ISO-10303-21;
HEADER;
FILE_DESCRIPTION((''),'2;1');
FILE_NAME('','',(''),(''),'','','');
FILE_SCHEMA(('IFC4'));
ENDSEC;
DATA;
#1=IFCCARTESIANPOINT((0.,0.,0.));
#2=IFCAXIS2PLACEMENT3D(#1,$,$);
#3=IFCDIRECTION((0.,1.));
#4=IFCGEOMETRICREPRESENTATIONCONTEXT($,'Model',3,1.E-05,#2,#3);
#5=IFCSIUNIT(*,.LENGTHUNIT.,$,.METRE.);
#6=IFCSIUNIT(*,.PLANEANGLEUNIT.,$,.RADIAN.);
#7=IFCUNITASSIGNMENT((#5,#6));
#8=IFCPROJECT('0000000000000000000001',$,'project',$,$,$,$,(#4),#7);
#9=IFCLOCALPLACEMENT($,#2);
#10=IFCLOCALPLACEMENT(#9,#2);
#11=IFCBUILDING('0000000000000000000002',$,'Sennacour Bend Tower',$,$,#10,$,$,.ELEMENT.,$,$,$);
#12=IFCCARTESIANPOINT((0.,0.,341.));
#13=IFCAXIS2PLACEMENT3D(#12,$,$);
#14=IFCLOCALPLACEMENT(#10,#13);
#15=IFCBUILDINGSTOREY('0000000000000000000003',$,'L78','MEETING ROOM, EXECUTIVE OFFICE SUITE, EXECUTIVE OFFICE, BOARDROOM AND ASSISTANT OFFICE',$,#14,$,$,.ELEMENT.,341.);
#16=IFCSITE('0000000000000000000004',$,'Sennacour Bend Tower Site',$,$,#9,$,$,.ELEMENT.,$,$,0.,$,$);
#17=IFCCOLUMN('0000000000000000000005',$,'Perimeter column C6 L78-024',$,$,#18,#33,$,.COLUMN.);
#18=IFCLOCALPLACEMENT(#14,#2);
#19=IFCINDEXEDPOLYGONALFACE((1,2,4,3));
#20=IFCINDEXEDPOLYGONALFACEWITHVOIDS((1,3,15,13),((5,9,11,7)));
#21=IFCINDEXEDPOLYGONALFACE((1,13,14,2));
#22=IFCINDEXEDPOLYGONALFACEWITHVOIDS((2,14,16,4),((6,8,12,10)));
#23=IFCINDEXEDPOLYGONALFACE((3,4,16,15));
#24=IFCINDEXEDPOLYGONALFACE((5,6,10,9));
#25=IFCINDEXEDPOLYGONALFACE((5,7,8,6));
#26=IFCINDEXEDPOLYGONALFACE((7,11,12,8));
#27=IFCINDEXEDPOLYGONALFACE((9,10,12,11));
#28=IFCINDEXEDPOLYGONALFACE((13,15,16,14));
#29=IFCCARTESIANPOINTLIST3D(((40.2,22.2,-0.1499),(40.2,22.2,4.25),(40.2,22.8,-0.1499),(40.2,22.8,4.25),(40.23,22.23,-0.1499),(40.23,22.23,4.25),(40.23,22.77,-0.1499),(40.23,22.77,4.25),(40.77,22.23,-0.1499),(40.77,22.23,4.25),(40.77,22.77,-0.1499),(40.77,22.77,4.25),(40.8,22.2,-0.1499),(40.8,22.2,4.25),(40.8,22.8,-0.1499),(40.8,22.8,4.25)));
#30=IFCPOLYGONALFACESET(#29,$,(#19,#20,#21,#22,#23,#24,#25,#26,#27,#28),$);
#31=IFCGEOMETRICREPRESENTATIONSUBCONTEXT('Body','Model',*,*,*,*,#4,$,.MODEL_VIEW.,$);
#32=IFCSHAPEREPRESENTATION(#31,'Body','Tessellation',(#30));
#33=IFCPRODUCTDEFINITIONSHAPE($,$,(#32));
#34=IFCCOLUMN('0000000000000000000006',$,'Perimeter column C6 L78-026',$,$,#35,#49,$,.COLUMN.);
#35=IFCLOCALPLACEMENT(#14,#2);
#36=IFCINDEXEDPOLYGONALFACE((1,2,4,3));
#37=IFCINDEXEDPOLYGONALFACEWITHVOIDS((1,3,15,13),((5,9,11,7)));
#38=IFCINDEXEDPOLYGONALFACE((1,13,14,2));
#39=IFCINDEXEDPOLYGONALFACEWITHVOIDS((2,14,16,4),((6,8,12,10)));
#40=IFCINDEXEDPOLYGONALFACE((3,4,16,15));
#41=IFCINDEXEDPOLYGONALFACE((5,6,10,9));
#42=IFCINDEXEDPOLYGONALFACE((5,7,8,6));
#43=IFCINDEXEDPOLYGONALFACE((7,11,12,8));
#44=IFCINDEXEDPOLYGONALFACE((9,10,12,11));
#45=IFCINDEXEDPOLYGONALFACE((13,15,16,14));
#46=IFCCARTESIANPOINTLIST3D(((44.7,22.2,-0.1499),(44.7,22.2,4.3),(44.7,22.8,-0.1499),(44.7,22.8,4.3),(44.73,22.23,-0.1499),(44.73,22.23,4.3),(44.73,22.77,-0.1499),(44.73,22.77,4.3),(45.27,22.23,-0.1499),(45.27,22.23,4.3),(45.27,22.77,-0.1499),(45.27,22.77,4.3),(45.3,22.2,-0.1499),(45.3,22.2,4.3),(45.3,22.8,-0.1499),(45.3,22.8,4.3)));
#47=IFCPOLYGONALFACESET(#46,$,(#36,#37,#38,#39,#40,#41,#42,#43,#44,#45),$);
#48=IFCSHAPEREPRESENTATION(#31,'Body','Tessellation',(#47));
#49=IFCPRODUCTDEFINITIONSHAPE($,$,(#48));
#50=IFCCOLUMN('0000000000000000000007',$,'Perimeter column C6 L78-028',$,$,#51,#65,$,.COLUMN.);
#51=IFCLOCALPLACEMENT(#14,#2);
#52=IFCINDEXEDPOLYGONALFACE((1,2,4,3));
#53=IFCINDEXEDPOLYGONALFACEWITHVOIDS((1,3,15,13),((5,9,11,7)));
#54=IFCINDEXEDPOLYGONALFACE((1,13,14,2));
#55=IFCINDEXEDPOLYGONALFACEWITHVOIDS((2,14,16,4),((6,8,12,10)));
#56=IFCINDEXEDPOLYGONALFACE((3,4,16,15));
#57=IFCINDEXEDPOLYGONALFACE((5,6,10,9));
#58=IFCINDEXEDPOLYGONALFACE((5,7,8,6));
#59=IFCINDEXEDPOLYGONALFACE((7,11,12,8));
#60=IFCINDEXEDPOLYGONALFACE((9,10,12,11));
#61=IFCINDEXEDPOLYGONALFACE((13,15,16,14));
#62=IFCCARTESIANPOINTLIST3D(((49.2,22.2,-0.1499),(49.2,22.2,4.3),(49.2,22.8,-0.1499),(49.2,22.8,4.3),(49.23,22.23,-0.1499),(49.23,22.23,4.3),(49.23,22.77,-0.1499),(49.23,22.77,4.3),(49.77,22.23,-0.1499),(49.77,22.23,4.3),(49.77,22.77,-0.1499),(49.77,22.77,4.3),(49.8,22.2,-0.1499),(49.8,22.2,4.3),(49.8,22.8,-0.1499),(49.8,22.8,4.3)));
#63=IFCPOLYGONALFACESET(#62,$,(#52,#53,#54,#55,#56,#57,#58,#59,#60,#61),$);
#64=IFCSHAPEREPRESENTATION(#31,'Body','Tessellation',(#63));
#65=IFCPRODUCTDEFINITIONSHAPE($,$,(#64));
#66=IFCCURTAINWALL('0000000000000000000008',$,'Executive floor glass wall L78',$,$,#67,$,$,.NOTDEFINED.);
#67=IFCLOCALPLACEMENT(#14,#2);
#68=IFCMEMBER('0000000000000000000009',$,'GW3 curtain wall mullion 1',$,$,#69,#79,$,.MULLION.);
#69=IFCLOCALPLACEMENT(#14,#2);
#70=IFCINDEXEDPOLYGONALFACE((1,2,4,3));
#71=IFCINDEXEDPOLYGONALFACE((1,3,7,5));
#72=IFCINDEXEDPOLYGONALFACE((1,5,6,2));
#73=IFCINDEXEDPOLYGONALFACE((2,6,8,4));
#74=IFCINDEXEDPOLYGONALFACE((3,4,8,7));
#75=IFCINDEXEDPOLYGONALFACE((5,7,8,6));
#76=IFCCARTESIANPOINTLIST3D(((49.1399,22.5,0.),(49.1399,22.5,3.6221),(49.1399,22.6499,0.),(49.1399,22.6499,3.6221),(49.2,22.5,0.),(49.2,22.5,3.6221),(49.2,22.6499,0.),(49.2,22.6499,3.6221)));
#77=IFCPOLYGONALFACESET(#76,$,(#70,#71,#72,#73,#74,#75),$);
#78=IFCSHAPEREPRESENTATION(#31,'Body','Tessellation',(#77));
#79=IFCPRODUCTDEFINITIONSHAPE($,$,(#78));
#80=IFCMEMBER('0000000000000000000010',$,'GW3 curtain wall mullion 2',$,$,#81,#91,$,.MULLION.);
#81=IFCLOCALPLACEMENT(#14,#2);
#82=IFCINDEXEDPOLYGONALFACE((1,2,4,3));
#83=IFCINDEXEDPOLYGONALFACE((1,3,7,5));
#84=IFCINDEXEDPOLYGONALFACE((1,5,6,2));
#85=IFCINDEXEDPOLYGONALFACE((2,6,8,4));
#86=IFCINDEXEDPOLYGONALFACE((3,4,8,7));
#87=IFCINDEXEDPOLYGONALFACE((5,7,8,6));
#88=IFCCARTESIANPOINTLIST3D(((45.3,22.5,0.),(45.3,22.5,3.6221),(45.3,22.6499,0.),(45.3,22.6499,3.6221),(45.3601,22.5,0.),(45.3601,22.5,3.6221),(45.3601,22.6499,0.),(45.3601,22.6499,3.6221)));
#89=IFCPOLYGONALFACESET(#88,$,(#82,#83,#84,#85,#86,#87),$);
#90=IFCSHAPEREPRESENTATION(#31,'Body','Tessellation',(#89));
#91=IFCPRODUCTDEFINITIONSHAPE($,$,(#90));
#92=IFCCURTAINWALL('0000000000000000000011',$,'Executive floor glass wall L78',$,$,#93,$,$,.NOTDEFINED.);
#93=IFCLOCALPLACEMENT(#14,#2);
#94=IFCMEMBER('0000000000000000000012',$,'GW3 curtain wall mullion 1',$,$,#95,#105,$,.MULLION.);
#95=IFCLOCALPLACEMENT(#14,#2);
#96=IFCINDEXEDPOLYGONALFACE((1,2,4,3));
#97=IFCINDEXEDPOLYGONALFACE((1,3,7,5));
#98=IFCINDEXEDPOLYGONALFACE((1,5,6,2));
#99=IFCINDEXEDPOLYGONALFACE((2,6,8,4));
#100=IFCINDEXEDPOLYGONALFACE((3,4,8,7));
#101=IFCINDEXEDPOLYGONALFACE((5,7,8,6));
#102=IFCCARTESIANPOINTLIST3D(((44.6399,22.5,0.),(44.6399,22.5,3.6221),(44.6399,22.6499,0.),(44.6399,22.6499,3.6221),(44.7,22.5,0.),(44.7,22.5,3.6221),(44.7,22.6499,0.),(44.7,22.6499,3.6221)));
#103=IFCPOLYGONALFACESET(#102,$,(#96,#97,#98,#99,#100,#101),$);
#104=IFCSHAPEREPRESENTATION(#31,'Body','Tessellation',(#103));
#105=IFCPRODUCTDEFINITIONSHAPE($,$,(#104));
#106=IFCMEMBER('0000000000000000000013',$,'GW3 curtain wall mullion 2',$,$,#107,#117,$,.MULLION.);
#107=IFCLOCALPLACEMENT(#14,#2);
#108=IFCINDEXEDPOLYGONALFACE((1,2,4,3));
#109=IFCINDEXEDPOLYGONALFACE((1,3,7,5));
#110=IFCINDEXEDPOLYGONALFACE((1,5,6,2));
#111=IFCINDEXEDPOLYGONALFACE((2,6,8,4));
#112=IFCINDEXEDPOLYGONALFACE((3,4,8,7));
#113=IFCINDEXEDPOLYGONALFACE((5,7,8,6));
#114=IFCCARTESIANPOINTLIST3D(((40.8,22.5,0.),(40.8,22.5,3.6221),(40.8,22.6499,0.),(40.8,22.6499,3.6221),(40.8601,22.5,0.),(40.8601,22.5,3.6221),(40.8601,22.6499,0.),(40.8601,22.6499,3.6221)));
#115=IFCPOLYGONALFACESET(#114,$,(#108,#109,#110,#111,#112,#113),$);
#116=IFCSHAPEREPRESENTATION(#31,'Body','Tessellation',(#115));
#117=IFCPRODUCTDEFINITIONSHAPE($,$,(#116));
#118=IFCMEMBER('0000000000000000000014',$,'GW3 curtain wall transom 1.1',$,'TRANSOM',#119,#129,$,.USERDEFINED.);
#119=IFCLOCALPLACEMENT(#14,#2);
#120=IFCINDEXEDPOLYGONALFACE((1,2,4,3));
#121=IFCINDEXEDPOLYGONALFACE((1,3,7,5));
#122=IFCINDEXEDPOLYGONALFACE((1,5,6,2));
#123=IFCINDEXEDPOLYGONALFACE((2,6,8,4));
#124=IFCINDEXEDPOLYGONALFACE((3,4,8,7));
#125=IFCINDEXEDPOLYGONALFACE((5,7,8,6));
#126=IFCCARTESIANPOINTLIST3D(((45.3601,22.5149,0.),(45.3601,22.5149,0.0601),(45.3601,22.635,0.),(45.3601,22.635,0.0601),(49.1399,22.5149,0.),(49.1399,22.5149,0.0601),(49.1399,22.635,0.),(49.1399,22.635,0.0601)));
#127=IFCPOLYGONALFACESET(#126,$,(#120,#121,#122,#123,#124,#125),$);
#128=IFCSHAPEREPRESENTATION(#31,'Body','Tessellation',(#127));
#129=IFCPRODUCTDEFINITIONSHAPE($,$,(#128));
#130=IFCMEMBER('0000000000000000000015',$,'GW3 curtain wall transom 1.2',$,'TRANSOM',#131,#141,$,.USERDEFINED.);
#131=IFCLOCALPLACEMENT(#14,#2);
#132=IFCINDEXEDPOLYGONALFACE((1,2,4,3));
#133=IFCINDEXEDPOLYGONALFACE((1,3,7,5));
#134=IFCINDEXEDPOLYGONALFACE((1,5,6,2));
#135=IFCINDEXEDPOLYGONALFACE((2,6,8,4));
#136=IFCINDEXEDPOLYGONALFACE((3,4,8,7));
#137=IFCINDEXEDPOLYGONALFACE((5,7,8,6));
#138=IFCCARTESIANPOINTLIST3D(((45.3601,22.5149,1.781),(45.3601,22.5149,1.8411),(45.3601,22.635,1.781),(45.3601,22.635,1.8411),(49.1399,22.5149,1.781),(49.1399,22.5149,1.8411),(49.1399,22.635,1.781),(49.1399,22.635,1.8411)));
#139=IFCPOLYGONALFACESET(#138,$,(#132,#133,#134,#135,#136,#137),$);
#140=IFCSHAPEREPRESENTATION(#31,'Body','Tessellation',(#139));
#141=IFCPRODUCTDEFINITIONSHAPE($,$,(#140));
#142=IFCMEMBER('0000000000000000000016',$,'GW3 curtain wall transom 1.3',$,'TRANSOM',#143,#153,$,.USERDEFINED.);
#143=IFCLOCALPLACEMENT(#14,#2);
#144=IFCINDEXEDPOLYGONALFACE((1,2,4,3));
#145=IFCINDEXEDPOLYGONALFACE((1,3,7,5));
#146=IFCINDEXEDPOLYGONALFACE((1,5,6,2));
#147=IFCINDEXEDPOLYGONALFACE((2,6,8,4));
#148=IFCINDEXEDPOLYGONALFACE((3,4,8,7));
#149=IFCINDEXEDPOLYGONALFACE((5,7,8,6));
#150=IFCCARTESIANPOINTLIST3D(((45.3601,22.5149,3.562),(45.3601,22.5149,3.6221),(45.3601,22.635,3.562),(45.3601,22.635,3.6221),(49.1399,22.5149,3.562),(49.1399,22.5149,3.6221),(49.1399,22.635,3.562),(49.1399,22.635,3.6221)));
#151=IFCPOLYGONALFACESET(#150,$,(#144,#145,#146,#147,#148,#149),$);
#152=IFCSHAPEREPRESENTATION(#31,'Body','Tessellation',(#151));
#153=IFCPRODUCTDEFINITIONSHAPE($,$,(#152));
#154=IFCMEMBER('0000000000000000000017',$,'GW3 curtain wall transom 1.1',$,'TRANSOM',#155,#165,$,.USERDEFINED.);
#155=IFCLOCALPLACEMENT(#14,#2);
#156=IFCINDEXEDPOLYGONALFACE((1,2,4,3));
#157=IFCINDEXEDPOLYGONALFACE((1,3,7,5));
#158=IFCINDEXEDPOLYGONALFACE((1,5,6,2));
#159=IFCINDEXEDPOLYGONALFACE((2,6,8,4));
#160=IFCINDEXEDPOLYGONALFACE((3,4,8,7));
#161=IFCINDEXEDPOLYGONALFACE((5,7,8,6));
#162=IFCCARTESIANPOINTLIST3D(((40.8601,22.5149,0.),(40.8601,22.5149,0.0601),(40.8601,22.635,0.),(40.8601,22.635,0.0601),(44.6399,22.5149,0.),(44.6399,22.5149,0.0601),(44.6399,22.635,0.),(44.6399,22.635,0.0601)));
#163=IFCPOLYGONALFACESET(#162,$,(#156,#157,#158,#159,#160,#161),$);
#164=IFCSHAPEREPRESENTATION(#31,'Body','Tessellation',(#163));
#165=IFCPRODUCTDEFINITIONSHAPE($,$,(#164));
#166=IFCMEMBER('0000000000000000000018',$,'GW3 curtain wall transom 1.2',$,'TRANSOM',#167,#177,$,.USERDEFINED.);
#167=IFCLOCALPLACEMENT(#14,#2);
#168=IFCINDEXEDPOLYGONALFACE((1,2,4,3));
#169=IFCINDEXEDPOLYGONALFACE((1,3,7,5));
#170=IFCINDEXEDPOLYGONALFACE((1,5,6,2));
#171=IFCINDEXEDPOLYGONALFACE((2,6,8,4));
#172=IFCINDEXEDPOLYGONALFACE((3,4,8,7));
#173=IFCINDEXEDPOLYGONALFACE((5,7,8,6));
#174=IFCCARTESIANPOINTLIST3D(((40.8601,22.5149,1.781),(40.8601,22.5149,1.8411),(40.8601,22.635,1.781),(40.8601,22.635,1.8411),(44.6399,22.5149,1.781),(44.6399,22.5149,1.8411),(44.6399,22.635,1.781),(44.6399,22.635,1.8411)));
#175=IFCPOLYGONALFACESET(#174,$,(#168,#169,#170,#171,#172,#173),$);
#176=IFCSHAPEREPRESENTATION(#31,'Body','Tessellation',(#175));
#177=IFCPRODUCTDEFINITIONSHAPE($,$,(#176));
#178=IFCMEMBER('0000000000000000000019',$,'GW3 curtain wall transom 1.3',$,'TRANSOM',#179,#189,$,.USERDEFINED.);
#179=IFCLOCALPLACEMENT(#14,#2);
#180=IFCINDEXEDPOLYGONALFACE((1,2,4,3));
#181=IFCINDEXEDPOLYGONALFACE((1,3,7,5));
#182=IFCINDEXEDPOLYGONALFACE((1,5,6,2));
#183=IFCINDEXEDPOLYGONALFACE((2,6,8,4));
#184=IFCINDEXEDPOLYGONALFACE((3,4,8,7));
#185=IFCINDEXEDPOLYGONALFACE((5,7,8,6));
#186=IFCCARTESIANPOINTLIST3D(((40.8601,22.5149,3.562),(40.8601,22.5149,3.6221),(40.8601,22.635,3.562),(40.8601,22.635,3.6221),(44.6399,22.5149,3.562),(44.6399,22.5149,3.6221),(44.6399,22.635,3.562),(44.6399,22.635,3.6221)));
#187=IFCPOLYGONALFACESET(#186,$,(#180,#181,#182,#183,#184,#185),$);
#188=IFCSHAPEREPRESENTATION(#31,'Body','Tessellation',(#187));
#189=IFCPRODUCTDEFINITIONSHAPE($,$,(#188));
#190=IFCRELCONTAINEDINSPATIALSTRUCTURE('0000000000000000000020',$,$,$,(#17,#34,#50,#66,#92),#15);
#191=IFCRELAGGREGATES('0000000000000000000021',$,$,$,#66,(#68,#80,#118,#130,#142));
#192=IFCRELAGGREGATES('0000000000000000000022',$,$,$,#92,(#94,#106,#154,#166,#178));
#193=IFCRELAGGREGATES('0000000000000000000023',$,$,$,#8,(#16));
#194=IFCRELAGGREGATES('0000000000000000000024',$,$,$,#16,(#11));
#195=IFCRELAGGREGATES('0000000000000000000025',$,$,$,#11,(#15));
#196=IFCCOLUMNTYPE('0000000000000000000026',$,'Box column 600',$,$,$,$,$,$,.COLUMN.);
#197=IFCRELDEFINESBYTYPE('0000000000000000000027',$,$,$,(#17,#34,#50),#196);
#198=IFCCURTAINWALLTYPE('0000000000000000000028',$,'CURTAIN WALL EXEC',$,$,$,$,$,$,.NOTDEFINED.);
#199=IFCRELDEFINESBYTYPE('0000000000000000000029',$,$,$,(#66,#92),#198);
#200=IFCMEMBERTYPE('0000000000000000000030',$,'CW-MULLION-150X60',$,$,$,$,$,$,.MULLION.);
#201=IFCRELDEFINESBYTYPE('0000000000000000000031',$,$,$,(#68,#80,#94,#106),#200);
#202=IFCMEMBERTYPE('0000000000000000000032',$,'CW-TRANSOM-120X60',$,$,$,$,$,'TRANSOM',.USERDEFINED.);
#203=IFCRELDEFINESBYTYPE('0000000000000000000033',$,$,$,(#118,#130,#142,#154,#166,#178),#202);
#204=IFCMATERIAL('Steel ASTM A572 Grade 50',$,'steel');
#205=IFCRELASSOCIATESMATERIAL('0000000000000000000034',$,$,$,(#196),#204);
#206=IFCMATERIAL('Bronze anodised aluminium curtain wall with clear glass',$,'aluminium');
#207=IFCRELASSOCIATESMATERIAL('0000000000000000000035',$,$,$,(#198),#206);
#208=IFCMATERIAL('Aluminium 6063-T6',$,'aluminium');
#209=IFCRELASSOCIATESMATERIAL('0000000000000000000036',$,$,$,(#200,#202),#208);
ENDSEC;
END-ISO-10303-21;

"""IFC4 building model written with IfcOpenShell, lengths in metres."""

from ifc_helpers import new_model, si_unit, direction, frame, origin, origin_2d, place, context, subcontext, project, spatial, rectangle, hollow_rectangle, extrude, material, material_profile, profile_set, type_object, element, aggregate, save


model = new_model("IFC4")

# Units and contexts
model_context = context("Model", 3, precision=1e-05, world=origin(), true_north=direction((0.0, 1.0)))
body_context = subcontext(model_context, "Body", "Model", "MODEL_VIEW")
ifc_project = project(units=[si_unit("LENGTHUNIT", "METRE"), si_unit("PLANEANGLEUNIT", "RADIAN")], contexts=[model_context])

# Site, building, storey
site_placement = place(None, origin())
site = spatial("IfcSite", under=ifc_project, at=site_placement, Name="Sennacour Bend Tower Site", CompositionType="ELEMENT", RefElevation=0.0)
building_placement = place(site_placement, origin())
building = spatial("IfcBuilding", under=site, at=building_placement, Name="Sennacour Bend Tower", CompositionType="ELEMENT")
storey_placement = place(building_placement, frame((0.0, 0.0, 341.0)))
storey = spatial("IfcBuildingStorey", under=building, at=storey_placement, Name="L78", Description="MEETING ROOM, EXECUTIVE OFFICE SUITE, EXECUTIVE OFFICE, BOARDROOM AND ASSISTANT OFFICE", CompositionType="ELEMENT", Elevation=341.0)

# Columns
ifc_material_1 = material(Name="Steel ASTM A572 Grade 50", Category="steel")
ifc_material_profile_1 = material_profile(ifc_material_1, hollow_rectangle(XDim=0.6001, YDim=0.6001, WallThickness=0.03, at=origin_2d()), Name="Steel ASTM A572 Grade 50", Category="steel")
ifc_profile_set_1 = profile_set([ifc_material_profile_1], Name="Steel ASTM A572 Grade 50")
column_type = type_object("IfcColumnType", Name="Box column 600", PredefinedType="COLUMN", material=ifc_profile_set_1)
column_placement = place(storey_placement, frame((40.5, 22.5, -0.1499), z_axis=(0.0, 0.0, 1.0), x_axis=(1.0, 0.0, 0.0)))
element("IfcColumn", 1, at=column_placement, inside=storey, type_object=column_type, Name="Perimeter column C6 L78-024", PredefinedType="COLUMN", context=body_context, shape_type="SweptSolid", body=[
    extrude(hollow_rectangle(XDim=0.6001, YDim=0.6001, WallThickness=0.03, at=origin_2d()), origin(), (0.0, 0.0, 1.0), 4.3999),
])
for number, where, z_axis, x_axis, name in (
    (2, (45.0, 22.5, -0.1499), (0.0, 0.0, 1.0), (1.0, 0.0, 0.0), "Perimeter column C6 L78-026"),
    (3, (49.5, 22.5, -0.1499), (0.0, 0.0, 1.0), (1.0, 0.0, 0.0), "Perimeter column C6 L78-028"),
):
    element("IfcColumn", number, at=place(storey_placement, frame(where, z_axis=z_axis, x_axis=x_axis)), inside=storey, type_object=column_type, Name=name, PredefinedType="COLUMN", context=body_context, shape_type="SweptSolid", body=[
        extrude(hollow_rectangle(XDim=0.6001, YDim=0.6001, WallThickness=0.03, at=origin_2d()), origin(), (0.0, 0.0, 1.0), 4.45),
    ])

# Curtain walls, members
ifc_material_2 = material(Name="Bronze anodised aluminium curtain wall with clear glass", Category="aluminium")
curtain_wall_type = type_object("IfcCurtainWallType", Name="CURTAIN WALL EXEC", PredefinedType="NOTDEFINED", material=ifc_material_2)
curtain_wall_1_placement = place(storey_placement, origin())
curtain_wall_1 = element("IfcCurtainWall", 4, at=curtain_wall_1_placement, inside=storey, type_object=curtain_wall_type, Name="Executive floor glass wall L78", PredefinedType="NOTDEFINED")
ifc_material_3 = material(Name="Aluminium 6063-T6", Category="aluminium")
ifc_material_profile_2 = material_profile(ifc_material_3, rectangle(XDim=0.1499, YDim=0.0601, at=origin_2d()), Name="Aluminium 6063-T6", Category="aluminium")
ifc_profile_set_2 = profile_set([ifc_material_profile_2], Name="Aluminium 6063-T6")
member_type_1 = type_object("IfcMemberType", Name="CW-MULLION-150X60", PredefinedType="MULLION", material=ifc_profile_set_2)
member_1_placement = place(storey_placement, frame((49.1699, 22.575, 0.0), z_axis=(0.0, 0.0, 1.0), x_axis=(0.0, -1.0, 0.0)))
member_1 = element("IfcMember", 5, at=member_1_placement, type_object=member_type_1, Name="GW3 curtain wall mullion 1", PredefinedType="MULLION", context=body_context, shape_type="SweptSolid", body=[
    extrude(rectangle(XDim=0.1499, YDim=0.0601, at=origin_2d()), origin(), (0.0, 0.0, 1.0), 3.6221),
])
member_2_placement = place(storey_placement, frame((45.3301, 22.575, 0.0), z_axis=(0.0, 0.0, 1.0), x_axis=(0.0, -1.0, 0.0)))
member_2 = element("IfcMember", 6, at=member_2_placement, type_object=member_type_1, Name="GW3 curtain wall mullion 2", PredefinedType="MULLION", context=body_context, shape_type="SweptSolid", body=[
    extrude(rectangle(XDim=0.1499, YDim=0.0601, at=origin_2d()), origin(), (0.0, 0.0, 1.0), 3.6221),
])
curtain_wall_2_placement = place(storey_placement, origin())
curtain_wall_2 = element("IfcCurtainWall", 7, at=curtain_wall_2_placement, inside=storey, type_object=curtain_wall_type, Name="Executive floor glass wall L78", PredefinedType="NOTDEFINED")
member_3_placement = place(storey_placement, frame((44.6699, 22.575, 0.0), z_axis=(0.0, 0.0, 1.0), x_axis=(0.0, -1.0, 0.0)))
member_3 = element("IfcMember", 8, at=member_3_placement, type_object=member_type_1, Name="GW3 curtain wall mullion 1", PredefinedType="MULLION", context=body_context, shape_type="SweptSolid", body=[
    extrude(rectangle(XDim=0.1499, YDim=0.0601, at=origin_2d()), origin(), (0.0, 0.0, 1.0), 3.6221),
])
member_4_placement = place(storey_placement, frame((40.8301, 22.575, 0.0), z_axis=(0.0, 0.0, 1.0), x_axis=(0.0, -1.0, 0.0)))
member_4 = element("IfcMember", 9, at=member_4_placement, type_object=member_type_1, Name="GW3 curtain wall mullion 2", PredefinedType="MULLION", context=body_context, shape_type="SweptSolid", body=[
    extrude(rectangle(XDim=0.1499, YDim=0.0601, at=origin_2d()), origin(), (0.0, 0.0, 1.0), 3.6221),
])

# Members
ifc_material_profile_3 = material_profile(ifc_material_3, rectangle(XDim=0.1201, YDim=0.0601, at=origin_2d()), Name="Aluminium 6063-T6", Category="aluminium")
ifc_profile_set_3 = profile_set([ifc_material_profile_3], Name="Aluminium 6063-T6")
member_type_2 = type_object("IfcMemberType", Name="CW-TRANSOM-120X60", ElementType="TRANSOM", PredefinedType="USERDEFINED", material=ifc_profile_set_3)
member_5_placement = place(storey_placement, frame((49.1399, 22.575, 0.03), z_axis=(-1.0, 0.0, 0.0), x_axis=(0.0, -1.0, 0.0)))
member_5 = element("IfcMember", 10, at=member_5_placement, type_object=member_type_2, Name="GW3 curtain wall transom 1.1", ObjectType="TRANSOM", PredefinedType="USERDEFINED", context=body_context, shape_type="SweptSolid", body=[
    extrude(rectangle(XDim=0.1201, YDim=0.0601, at=origin_2d()), origin(), (0.0, 0.0, 1.0), 3.7798),
])
member_6_placement = place(storey_placement, frame((49.1399, 22.575, 1.811), z_axis=(-1.0, 0.0, 0.0), x_axis=(0.0, -1.0, 0.0)))
member_6 = element("IfcMember", 11, at=member_6_placement, type_object=member_type_2, Name="GW3 curtain wall transom 1.2", ObjectType="TRANSOM", PredefinedType="USERDEFINED", context=body_context, shape_type="SweptSolid", body=[
    extrude(rectangle(XDim=0.1201, YDim=0.0601, at=origin_2d()), origin(), (0.0, 0.0, 1.0), 3.7798),
])
member_7_placement = place(storey_placement, frame((49.1399, 22.575, 3.592), z_axis=(-1.0, 0.0, 0.0), x_axis=(0.0, -1.0, 0.0)))
member_7 = element("IfcMember", 12, at=member_7_placement, type_object=member_type_2, Name="GW3 curtain wall transom 1.3", ObjectType="TRANSOM", PredefinedType="USERDEFINED", context=body_context, shape_type="SweptSolid", body=[
    extrude(rectangle(XDim=0.1201, YDim=0.0601, at=origin_2d()), origin(), (0.0, 0.0, 1.0), 3.7798),
])
member_8_placement = place(storey_placement, frame((44.6399, 22.575, 0.03), z_axis=(-1.0, 0.0, 0.0), x_axis=(0.0, -1.0, 0.0)))
member_8 = element("IfcMember", 13, at=member_8_placement, type_object=member_type_2, Name="GW3 curtain wall transom 1.1", ObjectType="TRANSOM", PredefinedType="USERDEFINED", context=body_context, shape_type="SweptSolid", body=[
    extrude(rectangle(XDim=0.1201, YDim=0.0601, at=origin_2d()), origin(), (0.0, 0.0, 1.0), 3.7798),
])
member_9_placement = place(storey_placement, frame((44.6399, 22.575, 1.811), z_axis=(-1.0, 0.0, 0.0), x_axis=(0.0, -1.0, 0.0)))
member_9 = element("IfcMember", 14, at=member_9_placement, type_object=member_type_2, Name="GW3 curtain wall transom 1.2", ObjectType="TRANSOM", PredefinedType="USERDEFINED", context=body_context, shape_type="SweptSolid", body=[
    extrude(rectangle(XDim=0.1201, YDim=0.0601, at=origin_2d()), origin(), (0.0, 0.0, 1.0), 3.7798),
])
member_10_placement = place(storey_placement, frame((44.6399, 22.575, 3.592), z_axis=(-1.0, 0.0, 0.0), x_axis=(0.0, -1.0, 0.0)))
member_10 = element("IfcMember", 15, at=member_10_placement, type_object=member_type_2, Name="GW3 curtain wall transom 1.3", ObjectType="TRANSOM", PredefinedType="USERDEFINED", context=body_context, shape_type="SweptSolid", body=[
    extrude(rectangle(XDim=0.1201, YDim=0.0601, at=origin_2d()), origin(), (0.0, 0.0, 1.0), 3.7798),
])

aggregate(curtain_wall_1, [member_1, member_2, member_5, member_6, member_7])
aggregate(curtain_wall_2, [member_3, member_4, member_8, member_9, member_10])

save(model, "model.ifc")
